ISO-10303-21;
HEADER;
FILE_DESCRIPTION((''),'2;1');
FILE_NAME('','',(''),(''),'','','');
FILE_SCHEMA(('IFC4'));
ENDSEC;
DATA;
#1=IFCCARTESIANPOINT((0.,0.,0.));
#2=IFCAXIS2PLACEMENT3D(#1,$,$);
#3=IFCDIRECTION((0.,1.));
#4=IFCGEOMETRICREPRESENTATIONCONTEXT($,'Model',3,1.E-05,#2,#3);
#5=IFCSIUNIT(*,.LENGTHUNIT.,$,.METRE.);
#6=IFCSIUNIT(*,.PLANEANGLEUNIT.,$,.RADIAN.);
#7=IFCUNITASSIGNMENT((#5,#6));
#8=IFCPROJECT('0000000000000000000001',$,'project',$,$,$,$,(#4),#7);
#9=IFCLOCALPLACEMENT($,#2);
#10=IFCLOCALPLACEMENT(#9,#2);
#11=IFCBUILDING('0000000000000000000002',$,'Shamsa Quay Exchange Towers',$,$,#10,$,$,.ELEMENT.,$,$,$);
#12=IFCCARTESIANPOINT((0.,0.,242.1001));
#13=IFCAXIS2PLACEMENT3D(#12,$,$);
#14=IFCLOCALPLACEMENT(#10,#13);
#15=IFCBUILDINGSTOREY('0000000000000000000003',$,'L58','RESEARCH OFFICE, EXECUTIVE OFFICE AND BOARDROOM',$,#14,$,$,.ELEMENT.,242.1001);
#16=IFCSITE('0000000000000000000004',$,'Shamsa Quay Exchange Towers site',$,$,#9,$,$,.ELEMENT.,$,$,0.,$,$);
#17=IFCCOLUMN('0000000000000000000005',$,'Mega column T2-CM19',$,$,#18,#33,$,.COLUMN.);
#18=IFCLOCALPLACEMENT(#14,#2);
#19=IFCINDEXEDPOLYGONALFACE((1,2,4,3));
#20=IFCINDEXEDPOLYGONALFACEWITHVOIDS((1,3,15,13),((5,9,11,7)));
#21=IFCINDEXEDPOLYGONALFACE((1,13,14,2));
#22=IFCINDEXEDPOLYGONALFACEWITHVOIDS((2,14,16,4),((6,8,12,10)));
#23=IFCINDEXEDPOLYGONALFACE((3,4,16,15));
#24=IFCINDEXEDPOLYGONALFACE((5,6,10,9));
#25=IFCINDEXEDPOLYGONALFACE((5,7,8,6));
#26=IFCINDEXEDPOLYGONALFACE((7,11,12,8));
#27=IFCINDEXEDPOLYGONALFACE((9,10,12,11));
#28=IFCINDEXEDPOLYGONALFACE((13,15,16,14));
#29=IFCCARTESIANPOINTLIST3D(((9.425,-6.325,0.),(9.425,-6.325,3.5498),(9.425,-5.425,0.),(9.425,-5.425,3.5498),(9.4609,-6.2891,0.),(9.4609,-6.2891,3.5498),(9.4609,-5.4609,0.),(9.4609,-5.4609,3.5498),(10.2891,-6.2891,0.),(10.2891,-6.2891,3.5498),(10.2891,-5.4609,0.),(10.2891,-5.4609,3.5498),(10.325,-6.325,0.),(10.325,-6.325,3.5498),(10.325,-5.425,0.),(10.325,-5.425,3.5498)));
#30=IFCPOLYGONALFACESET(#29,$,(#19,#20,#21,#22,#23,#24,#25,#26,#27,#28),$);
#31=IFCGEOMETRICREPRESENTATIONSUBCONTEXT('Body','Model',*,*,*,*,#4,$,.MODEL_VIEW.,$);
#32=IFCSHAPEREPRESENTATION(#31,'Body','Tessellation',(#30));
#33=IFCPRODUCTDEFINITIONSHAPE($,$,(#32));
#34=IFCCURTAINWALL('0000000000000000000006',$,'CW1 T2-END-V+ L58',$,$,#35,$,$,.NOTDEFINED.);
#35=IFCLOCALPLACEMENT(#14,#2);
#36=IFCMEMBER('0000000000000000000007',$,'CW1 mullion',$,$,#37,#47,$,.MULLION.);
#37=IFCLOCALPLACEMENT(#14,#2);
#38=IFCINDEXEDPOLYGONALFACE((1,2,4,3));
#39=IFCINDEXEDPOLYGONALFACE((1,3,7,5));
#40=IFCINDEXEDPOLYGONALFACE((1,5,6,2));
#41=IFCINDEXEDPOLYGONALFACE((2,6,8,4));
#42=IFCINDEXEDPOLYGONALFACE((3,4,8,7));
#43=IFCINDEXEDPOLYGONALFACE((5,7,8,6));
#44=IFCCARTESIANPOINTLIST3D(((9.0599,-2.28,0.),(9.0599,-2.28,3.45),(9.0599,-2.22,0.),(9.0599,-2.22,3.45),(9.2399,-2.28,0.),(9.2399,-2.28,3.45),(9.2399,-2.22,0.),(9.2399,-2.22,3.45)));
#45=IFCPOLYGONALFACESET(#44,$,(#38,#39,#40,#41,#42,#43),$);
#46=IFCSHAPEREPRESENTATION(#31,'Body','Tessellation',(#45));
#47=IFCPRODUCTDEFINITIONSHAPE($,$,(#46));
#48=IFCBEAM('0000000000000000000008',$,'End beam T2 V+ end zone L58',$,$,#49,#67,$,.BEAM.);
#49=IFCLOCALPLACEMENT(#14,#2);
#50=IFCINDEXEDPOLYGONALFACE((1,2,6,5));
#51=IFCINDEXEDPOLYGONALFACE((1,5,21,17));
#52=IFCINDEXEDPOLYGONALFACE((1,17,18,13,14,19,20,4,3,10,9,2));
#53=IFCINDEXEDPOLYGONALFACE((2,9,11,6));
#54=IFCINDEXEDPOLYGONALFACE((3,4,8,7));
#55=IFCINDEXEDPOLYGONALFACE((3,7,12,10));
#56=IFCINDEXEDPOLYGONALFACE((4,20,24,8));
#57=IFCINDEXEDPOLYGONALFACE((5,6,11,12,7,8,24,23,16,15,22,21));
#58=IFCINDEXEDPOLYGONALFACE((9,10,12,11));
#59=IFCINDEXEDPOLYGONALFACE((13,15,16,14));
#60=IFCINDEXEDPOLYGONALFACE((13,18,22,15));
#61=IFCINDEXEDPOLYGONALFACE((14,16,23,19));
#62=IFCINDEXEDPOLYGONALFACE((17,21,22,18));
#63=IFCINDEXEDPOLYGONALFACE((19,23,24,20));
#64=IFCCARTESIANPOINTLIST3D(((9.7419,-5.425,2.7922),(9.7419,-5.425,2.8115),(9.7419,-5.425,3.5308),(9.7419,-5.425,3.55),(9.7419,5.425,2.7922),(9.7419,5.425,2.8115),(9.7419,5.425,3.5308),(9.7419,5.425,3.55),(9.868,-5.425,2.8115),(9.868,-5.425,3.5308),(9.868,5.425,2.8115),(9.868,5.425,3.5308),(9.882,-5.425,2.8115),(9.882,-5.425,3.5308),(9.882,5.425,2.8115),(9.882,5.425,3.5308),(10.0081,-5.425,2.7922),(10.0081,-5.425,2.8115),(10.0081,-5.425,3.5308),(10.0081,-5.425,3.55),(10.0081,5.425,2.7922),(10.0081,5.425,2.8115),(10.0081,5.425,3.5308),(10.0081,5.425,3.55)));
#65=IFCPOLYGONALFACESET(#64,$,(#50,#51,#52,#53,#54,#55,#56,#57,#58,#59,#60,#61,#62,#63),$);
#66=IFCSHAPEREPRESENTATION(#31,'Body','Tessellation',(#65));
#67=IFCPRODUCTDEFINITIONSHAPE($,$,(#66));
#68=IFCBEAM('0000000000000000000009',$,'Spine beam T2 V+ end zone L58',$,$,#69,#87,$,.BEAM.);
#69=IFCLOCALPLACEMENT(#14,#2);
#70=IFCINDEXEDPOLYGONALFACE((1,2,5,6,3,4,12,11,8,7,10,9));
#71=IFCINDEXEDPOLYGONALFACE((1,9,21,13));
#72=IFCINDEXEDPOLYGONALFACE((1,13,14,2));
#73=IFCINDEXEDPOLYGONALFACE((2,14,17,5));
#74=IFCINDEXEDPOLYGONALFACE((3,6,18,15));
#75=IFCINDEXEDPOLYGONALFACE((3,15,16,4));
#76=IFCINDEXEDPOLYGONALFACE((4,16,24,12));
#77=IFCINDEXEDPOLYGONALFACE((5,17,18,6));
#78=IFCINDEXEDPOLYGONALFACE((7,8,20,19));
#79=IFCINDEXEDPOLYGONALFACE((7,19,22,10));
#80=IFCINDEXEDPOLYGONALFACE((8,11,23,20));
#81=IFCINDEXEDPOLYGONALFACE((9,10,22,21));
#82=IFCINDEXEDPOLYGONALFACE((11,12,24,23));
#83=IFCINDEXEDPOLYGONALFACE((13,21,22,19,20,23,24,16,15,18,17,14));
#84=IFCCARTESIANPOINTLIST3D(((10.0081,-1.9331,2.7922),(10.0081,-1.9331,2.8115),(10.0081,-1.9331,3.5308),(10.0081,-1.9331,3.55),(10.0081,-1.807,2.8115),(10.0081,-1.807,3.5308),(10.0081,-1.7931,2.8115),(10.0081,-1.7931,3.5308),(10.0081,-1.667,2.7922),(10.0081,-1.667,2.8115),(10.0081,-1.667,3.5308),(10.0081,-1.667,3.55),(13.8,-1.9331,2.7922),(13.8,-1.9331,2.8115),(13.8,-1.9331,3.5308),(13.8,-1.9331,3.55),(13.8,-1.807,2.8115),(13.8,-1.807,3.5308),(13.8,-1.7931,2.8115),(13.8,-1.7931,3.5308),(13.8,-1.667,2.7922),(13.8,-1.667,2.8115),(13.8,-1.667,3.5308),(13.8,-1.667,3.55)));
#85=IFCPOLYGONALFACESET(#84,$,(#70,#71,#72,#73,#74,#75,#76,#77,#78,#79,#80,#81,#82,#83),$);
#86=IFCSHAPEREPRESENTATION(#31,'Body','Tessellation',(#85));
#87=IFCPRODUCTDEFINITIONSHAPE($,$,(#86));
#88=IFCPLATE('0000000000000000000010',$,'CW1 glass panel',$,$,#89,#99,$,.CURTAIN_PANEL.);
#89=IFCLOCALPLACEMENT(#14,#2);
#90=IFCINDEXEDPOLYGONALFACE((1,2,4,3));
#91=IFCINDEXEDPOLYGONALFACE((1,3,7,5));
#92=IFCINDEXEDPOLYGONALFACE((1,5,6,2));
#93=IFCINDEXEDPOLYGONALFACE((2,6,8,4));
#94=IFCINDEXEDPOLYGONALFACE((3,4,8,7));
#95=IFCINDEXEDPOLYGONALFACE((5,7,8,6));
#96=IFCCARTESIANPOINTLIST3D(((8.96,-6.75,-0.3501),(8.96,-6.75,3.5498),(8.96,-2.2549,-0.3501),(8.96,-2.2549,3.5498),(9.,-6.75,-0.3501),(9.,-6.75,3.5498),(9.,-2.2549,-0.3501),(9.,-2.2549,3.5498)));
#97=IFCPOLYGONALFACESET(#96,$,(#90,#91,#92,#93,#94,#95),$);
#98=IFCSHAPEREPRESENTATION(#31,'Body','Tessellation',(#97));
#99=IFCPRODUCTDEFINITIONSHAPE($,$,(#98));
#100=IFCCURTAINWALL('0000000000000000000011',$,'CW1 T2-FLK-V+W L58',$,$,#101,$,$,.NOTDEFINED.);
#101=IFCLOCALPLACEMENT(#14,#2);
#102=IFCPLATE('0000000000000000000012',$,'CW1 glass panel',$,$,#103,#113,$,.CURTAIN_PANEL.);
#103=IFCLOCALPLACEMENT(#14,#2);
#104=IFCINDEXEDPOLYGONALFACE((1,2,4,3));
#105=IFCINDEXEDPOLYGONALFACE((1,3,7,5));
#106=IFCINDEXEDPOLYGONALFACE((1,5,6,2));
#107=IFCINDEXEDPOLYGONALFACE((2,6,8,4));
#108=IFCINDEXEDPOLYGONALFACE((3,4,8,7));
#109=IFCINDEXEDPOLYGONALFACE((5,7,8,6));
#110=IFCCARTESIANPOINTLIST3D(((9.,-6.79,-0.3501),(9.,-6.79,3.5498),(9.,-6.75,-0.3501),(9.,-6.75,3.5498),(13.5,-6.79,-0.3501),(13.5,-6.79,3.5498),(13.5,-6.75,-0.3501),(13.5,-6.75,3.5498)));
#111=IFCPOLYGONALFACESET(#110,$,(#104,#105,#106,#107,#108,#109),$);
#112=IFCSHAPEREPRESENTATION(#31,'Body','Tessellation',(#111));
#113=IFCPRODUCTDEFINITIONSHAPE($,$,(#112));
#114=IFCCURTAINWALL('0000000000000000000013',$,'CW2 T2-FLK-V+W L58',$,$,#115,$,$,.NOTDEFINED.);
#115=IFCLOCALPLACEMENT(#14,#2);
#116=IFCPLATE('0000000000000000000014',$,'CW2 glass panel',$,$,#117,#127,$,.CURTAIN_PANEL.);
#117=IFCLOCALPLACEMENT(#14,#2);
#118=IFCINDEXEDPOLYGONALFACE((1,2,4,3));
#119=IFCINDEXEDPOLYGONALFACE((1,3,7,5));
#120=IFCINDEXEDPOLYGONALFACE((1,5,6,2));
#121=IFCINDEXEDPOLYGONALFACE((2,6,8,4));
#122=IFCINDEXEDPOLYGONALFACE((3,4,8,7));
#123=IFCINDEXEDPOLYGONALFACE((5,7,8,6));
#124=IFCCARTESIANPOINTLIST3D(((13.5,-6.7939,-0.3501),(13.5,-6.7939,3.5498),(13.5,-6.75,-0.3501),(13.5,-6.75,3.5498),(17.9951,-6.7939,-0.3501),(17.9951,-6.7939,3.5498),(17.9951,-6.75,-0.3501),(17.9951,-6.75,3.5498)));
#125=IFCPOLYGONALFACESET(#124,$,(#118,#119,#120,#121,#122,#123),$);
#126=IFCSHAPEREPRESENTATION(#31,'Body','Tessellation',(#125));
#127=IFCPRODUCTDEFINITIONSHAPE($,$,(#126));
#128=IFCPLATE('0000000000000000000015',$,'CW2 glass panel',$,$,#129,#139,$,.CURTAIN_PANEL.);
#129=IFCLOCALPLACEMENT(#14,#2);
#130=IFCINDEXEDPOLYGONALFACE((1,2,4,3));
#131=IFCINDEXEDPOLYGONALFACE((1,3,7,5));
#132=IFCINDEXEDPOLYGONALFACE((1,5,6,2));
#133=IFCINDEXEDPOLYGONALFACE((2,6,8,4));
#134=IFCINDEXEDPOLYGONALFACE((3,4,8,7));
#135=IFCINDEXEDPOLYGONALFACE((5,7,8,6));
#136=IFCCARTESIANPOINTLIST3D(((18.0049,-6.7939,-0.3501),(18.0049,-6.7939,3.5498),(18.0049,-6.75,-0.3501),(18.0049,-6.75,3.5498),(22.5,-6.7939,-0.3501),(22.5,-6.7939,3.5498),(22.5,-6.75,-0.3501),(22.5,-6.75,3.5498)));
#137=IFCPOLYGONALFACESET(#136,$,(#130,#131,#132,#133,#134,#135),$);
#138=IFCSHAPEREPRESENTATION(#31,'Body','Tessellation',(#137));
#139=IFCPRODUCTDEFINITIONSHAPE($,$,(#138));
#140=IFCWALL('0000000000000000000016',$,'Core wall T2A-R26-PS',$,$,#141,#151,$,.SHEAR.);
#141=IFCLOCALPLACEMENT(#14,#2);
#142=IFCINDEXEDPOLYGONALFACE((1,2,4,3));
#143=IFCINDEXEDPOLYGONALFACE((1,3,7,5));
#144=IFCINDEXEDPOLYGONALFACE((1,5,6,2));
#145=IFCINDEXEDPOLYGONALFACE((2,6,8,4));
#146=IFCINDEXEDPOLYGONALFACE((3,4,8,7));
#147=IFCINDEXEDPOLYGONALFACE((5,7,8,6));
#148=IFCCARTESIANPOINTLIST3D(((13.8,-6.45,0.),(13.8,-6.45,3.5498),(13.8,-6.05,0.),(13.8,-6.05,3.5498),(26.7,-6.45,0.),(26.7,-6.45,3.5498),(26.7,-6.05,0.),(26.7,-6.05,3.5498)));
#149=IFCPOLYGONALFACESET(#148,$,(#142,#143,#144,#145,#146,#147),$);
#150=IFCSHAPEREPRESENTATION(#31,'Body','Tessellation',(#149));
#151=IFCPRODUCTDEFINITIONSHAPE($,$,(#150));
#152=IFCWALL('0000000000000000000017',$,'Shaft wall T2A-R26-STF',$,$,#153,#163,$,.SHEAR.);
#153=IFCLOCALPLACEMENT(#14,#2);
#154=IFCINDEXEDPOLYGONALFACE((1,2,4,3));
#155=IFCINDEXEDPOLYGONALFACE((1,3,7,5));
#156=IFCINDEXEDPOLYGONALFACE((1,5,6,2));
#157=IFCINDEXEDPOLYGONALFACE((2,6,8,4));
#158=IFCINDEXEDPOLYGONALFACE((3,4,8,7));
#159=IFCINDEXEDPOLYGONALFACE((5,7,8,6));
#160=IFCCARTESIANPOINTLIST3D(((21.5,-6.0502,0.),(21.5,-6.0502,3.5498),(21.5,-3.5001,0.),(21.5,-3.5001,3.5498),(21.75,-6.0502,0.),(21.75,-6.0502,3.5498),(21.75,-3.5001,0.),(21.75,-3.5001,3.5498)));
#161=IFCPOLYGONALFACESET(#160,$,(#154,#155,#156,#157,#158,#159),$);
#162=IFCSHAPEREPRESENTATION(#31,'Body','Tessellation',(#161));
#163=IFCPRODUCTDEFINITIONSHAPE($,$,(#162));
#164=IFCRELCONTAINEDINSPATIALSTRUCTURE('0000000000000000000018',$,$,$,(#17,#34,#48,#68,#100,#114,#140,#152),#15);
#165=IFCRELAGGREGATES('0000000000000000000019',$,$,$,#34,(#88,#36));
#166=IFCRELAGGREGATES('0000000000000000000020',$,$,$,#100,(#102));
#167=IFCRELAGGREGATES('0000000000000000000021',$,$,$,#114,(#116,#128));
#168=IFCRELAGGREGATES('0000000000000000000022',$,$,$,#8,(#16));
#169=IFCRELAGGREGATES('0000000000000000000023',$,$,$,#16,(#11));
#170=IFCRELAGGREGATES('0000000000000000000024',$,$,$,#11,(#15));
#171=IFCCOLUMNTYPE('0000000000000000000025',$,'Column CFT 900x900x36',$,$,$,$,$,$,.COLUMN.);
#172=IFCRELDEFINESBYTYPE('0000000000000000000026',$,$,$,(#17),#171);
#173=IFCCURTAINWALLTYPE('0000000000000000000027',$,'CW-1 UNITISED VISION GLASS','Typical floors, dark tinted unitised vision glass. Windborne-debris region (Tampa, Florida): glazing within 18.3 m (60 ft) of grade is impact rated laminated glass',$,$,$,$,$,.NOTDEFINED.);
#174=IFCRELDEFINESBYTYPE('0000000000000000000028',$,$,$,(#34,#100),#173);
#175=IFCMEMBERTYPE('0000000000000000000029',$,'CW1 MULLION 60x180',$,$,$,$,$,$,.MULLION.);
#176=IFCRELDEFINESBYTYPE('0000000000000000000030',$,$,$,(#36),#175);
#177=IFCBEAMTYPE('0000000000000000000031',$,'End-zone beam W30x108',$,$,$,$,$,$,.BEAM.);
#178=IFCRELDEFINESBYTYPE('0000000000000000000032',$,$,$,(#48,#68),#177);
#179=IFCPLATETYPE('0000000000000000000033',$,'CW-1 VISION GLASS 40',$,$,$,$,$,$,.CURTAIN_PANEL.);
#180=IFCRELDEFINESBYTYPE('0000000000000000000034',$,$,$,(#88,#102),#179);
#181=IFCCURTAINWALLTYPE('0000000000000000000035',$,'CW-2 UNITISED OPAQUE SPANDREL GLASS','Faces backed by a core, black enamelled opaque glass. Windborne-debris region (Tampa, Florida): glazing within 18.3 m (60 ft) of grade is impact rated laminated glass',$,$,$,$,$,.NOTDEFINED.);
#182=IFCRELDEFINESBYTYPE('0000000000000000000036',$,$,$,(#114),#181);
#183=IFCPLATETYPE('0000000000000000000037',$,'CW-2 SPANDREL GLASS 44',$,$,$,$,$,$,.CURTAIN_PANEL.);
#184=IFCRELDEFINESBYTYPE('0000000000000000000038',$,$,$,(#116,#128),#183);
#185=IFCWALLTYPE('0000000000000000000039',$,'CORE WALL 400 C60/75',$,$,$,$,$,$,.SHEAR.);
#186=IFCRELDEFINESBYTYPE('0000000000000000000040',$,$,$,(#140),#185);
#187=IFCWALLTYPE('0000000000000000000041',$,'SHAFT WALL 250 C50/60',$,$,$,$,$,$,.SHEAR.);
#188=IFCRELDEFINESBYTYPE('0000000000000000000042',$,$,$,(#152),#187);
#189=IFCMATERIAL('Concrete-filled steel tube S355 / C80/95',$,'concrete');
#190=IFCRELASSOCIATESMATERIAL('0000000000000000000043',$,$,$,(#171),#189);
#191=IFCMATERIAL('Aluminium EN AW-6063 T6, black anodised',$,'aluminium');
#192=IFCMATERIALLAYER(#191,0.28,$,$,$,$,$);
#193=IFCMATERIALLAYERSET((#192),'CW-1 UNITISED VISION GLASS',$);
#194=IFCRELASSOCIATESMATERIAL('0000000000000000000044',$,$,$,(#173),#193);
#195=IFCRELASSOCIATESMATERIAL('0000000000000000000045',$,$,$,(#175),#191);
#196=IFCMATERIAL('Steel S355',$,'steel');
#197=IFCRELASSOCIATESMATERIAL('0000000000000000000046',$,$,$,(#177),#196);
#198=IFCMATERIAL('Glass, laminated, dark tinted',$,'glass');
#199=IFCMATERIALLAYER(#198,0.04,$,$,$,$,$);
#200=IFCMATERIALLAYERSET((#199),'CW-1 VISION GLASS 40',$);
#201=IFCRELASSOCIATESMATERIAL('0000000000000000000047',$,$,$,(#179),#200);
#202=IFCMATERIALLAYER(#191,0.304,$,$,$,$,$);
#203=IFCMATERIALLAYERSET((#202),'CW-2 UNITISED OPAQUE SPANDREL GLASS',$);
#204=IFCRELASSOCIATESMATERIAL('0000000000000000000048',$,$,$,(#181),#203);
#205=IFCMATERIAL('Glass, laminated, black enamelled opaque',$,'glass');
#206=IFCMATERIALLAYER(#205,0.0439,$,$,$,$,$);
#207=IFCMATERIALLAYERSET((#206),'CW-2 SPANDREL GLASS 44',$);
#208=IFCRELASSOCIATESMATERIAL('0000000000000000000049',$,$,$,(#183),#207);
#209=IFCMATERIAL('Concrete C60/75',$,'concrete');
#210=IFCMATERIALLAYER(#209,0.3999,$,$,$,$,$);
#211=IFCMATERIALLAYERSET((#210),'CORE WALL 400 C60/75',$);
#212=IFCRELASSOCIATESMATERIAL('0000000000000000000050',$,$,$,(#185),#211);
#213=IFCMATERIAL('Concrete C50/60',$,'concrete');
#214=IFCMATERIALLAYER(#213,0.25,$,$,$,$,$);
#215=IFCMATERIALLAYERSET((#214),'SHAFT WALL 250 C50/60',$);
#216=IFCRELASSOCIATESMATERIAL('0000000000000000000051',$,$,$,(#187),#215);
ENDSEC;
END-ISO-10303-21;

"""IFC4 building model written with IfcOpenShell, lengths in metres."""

from ifc_helpers import new_model, si_unit, direction, frame, frame_2d, origin, origin_2d, place, context, subcontext, project, spatial, rectangle, hollow_rectangle, i_section, extrude, material, layer, layer_set, material_profile, profile_set, type_object, element, aggregate, save


model = new_model("IFC4")

# Units and contexts
model_context = context("Model", 3, precision=1e-05, world=origin(), true_north=direction((0.0, 1.0)))
body_context = subcontext(model_context, "Body", "Model", "MODEL_VIEW")
ifc_project = project(units=[si_unit("LENGTHUNIT", "METRE"), si_unit("PLANEANGLEUNIT", "RADIAN")], contexts=[model_context])

# Site, building, storey
site_placement = place(None, origin())
site = spatial("IfcSite", under=ifc_project, at=site_placement, Name="Shamsa Quay Exchange Towers site", CompositionType="ELEMENT", RefElevation=0.0)
building_placement = place(site_placement, origin())
building = spatial("IfcBuilding", under=site, at=building_placement, Name="Shamsa Quay Exchange Towers", CompositionType="ELEMENT")
storey_placement = place(building_placement, frame((0.0, 0.0, 242.1001)))
storey = spatial("IfcBuildingStorey", under=building, at=storey_placement, Name="L58", Description="RESEARCH OFFICE, EXECUTIVE OFFICE AND BOARDROOM", CompositionType="ELEMENT", Elevation=242.1001)

# Column
ifc_material_1 = material(Name="Concrete-filled steel tube S355 / C80/95", Category="concrete")
ifc_material_profile_1 = material_profile(ifc_material_1, hollow_rectangle(XDim=0.8999, YDim=0.8999, WallThickness=0.0359, at=origin_2d()), Name="CFT 900x900x36")
ifc_profile_set_1 = profile_set([ifc_material_profile_1], Name="Concrete-filled steel tube S355 / C80/95")
column_type = type_object("IfcColumnType", Name="Column CFT 900x900x36", PredefinedType="COLUMN", material=ifc_profile_set_1)
column_placement = place(storey_placement, frame((9.875, -5.875, 0.0)))
element("IfcColumn", 1, at=column_placement, inside=storey, type_object=column_type, Name="Mega column T2-CM19", PredefinedType="COLUMN", context=body_context, shape_type="SweptSolid", body=[
    extrude(hollow_rectangle(XDim=0.8999, YDim=0.8999, WallThickness=0.0359, at=origin_2d()), origin(), (0.0, 0.0, 1.0), 3.5498),
])

# Curtain wall, member
ifc_material_2 = material(Name="Aluminium EN AW-6063 T6, black anodised", Category="aluminium")
ifc_layer_1 = layer(ifc_material_2, 0.28)
ifc_layer_set_1 = layer_set([ifc_layer_1], Name="CW-1 UNITISED VISION GLASS")
curtain_wall_type_1 = type_object("IfcCurtainWallType", Name="CW-1 UNITISED VISION GLASS", Description="Typical floors, dark tinted unitised vision glass. Windborne-debris region (Tampa, Florida): glazing within 18.3 m (60 ft) of grade is impact rated laminated glass", PredefinedType="NOTDEFINED", material=ifc_layer_set_1)
curtain_wall_1_placement = place(storey_placement, origin())
curtain_wall_1 = element("IfcCurtainWall", 2, at=curtain_wall_1_placement, inside=storey, type_object=curtain_wall_type_1, Name="CW1 T2-END-V+ L58", PredefinedType="NOTDEFINED")
ifc_material_profile_2 = material_profile(ifc_material_2, rectangle(XDim=0.1799, YDim=0.0601, at=origin_2d()), Name="MU60x180")
ifc_profile_set_2 = profile_set([ifc_material_profile_2], Name="Aluminium EN AW-6063 T6, black anodised")
member_type = type_object("IfcMemberType", Name="CW1 MULLION 60x180", PredefinedType="MULLION", material=ifc_profile_set_2)
member_placement = place(storey_placement, frame((9.1499, -2.25, 0.0)))
member = element("IfcMember", 3, at=member_placement, type_object=member_type, Name="CW1 mullion", PredefinedType="MULLION", context=body_context, shape_type="SweptSolid", body=[
    extrude(rectangle(XDim=0.1799, YDim=0.0601, at=origin_2d()), origin(), (0.0, 0.0, 1.0), 3.45),
])

# Beams
ifc_material_3 = material(Name="Steel S355", Category="steel")
ifc_material_profile_3 = material_profile(ifc_material_3, i_section(OverallWidth=0.2661, OverallDepth=0.7578, WebThickness=0.0139, FlangeThickness=0.0193, at=origin_2d()), Name="W30x108")
ifc_profile_set_3 = profile_set([ifc_material_profile_3], Name="Steel S355")
beam_type = type_object("IfcBeamType", Name="End-zone beam W30x108", PredefinedType="BEAM", material=ifc_profile_set_3)
beam_1_placement = place(storey_placement, frame((9.875, -5.425, 3.1711), z_axis=(0.0, 1.0, 0.0), x_axis=(-1.0, 0.0, 0.0)))
element("IfcBeam", 4, at=beam_1_placement, inside=storey, type_object=beam_type, Name="End beam T2 V+ end zone L58", PredefinedType="BEAM", context=body_context, shape_type="SweptSolid", body=[
    extrude(i_section(OverallWidth=0.2661, OverallDepth=0.7578, WebThickness=0.0139, FlangeThickness=0.0193, at=origin_2d()), origin(), (0.0, 0.0, 1.0), 10.8501),
])
beam_2_placement = place(storey_placement, frame((13.8, -1.8, 3.1711), z_axis=(-1.0, 0.0, 0.0), x_axis=(0.0, -1.0, 0.0)))
element("IfcBeam", 5, at=beam_2_placement, inside=storey, type_object=beam_type, Name="Spine beam T2 V+ end zone L58", PredefinedType="BEAM", context=body_context, shape_type="SweptSolid", body=[
    extrude(i_section(OverallWidth=0.2661, OverallDepth=0.7578, WebThickness=0.0139, FlangeThickness=0.0193, at=origin_2d()), origin(), (0.0, 0.0, 1.0), 3.792),
])

# Plate
ifc_material_4 = material(Name="Glass, laminated, dark tinted", Category="glass")
ifc_layer_2 = layer(ifc_material_4, 0.04)
ifc_layer_set_2 = layer_set([ifc_layer_2], Name="CW-1 VISION GLASS 40")
plate_type_1 = type_object("IfcPlateType", Name="CW-1 VISION GLASS 40", PredefinedType="CURTAIN_PANEL", material=ifc_layer_set_2)
plate_1_placement = place(storey_placement, frame((8.98, -4.5024, -0.3501), z_axis=(0.0, 0.0, 1.0), x_axis=(0.0, -1.0, 0.0)))
plate_1 = element("IfcPlate", 6, at=plate_1_placement, type_object=plate_type_1, Name="CW1 glass panel", PredefinedType="CURTAIN_PANEL", context=body_context, shape_type="SweptSolid", body=[
    extrude(rectangle(XDim=4.4951, YDim=0.04, at=origin_2d()), origin(), (0.0, 0.0, 1.0), 3.8999),
])
aggregate(curtain_wall_1, [plate_1, member])

# Curtain wall, plate
curtain_wall_2_placement = place(storey_placement, origin())
curtain_wall_2 = element("IfcCurtainWall", 7, at=curtain_wall_2_placement, inside=storey, type_object=curtain_wall_type_1, Name="CW1 T2-FLK-V+W L58", PredefinedType="NOTDEFINED")
plate_2_placement = place(storey_placement, frame((11.25, -6.77, -0.3501)))
plate_2 = element("IfcPlate", 8, at=plate_2_placement, type_object=plate_type_1, Name="CW1 glass panel", PredefinedType="CURTAIN_PANEL", context=body_context, shape_type="SweptSolid", body=[
    extrude(rectangle(XDim=4.5, YDim=0.04, at=origin_2d()), origin(), (0.0, 0.0, 1.0), 3.8999),
])
aggregate(curtain_wall_2, [plate_2])

# Curtain wall, plates
ifc_layer_3 = layer(ifc_material_2, 0.304)
ifc_layer_set_3 = layer_set([ifc_layer_3], Name="CW-2 UNITISED OPAQUE SPANDREL GLASS")
curtain_wall_type_2 = type_object("IfcCurtainWallType", Name="CW-2 UNITISED OPAQUE SPANDREL GLASS", Description="Faces backed by a core, black enamelled opaque glass. Windborne-debris region (Tampa, Florida): glazing within 18.3 m (60 ft) of grade is impact rated laminated glass", PredefinedType="NOTDEFINED", material=ifc_layer_set_3)
curtain_wall_3_placement = place(storey_placement, origin())
curtain_wall_3 = element("IfcCurtainWall", 9, at=curtain_wall_3_placement, inside=storey, type_object=curtain_wall_type_2, Name="CW2 T2-FLK-V+W L58", PredefinedType="NOTDEFINED")
ifc_material_5 = material(Name="Glass, laminated, black enamelled opaque", Category="glass")
ifc_layer_4 = layer(ifc_material_5, 0.0439)
ifc_layer_set_4 = layer_set([ifc_layer_4], Name="CW-2 SPANDREL GLASS 44")
plate_type_2 = type_object("IfcPlateType", Name="CW-2 SPANDREL GLASS 44", PredefinedType="CURTAIN_PANEL", material=ifc_layer_set_4)
plate_3_placement = place(storey_placement, frame((15.7476, -6.772, -0.3501)))
plate_3 = element("IfcPlate", 10, at=plate_3_placement, type_object=plate_type_2, Name="CW2 glass panel", PredefinedType="CURTAIN_PANEL", context=body_context, shape_type="SweptSolid", body=[
    extrude(rectangle(XDim=4.4951, YDim=0.0439, at=origin_2d()), origin(), (0.0, 0.0, 1.0), 3.8999),
])
plate_4_placement = place(storey_placement, frame((20.2524, -6.772, -0.3501)))
plate_4 = element("IfcPlate", 11, at=plate_4_placement, type_object=plate_type_2, Name="CW2 glass panel", PredefinedType="CURTAIN_PANEL", context=body_context, shape_type="SweptSolid", body=[
    extrude(rectangle(XDim=4.4951, YDim=0.0439, at=origin_2d()), origin(), (0.0, 0.0, 1.0), 3.8999),
])
aggregate(curtain_wall_3, [plate_3, plate_4])

# Walls
ifc_material_6 = material(Name="Concrete C60/75", Category="concrete")
ifc_layer_5 = layer(ifc_material_6, 0.3999)
ifc_layer_set_5 = layer_set([ifc_layer_5], Name="CORE WALL 400 C60/75")
wall_type_1 = type_object("IfcWallType", Name="CORE WALL 400 C60/75", PredefinedType="SHEAR", material=ifc_layer_set_5)
wall_1_placement = place(storey_placement, frame((13.8, -6.25, 0.0)))
element("IfcWall", 12, at=wall_1_placement, inside=storey, type_object=wall_type_1, Name="Core wall T2A-R26-PS", PredefinedType="SHEAR", context=body_context, shape_type="SweptSolid", body=[
    extrude(rectangle(XDim=12.8999, YDim=0.3999, at=frame_2d((6.45, 0.0))), origin(), (0.0, 0.0, 1.0), 3.5498),
])
ifc_material_7 = material(Name="Concrete C50/60", Category="concrete")
ifc_layer_6 = layer(ifc_material_7, 0.25)
ifc_layer_set_6 = layer_set([ifc_layer_6], Name="SHAFT WALL 250 C50/60")
wall_type_2 = type_object("IfcWallType", Name="SHAFT WALL 250 C50/60", PredefinedType="SHEAR", material=ifc_layer_set_6)
wall_2_placement = place(storey_placement, frame((21.625, -6.05, 0.0), z_axis=(0.0, 0.0, 1.0), x_axis=(0.0, 1.0, 0.0)))
element("IfcWall", 13, at=wall_2_placement, inside=storey, type_object=wall_type_2, Name="Shaft wall T2A-R26-STF", PredefinedType="SHEAR", context=body_context, shape_type="SweptSolid", body=[
    extrude(rectangle(XDim=2.55, YDim=0.25, at=frame_2d((1.2749, 0.0))), origin(), (0.0, 0.0, 1.0), 3.5498),
])

save(model, "model.ifc")
